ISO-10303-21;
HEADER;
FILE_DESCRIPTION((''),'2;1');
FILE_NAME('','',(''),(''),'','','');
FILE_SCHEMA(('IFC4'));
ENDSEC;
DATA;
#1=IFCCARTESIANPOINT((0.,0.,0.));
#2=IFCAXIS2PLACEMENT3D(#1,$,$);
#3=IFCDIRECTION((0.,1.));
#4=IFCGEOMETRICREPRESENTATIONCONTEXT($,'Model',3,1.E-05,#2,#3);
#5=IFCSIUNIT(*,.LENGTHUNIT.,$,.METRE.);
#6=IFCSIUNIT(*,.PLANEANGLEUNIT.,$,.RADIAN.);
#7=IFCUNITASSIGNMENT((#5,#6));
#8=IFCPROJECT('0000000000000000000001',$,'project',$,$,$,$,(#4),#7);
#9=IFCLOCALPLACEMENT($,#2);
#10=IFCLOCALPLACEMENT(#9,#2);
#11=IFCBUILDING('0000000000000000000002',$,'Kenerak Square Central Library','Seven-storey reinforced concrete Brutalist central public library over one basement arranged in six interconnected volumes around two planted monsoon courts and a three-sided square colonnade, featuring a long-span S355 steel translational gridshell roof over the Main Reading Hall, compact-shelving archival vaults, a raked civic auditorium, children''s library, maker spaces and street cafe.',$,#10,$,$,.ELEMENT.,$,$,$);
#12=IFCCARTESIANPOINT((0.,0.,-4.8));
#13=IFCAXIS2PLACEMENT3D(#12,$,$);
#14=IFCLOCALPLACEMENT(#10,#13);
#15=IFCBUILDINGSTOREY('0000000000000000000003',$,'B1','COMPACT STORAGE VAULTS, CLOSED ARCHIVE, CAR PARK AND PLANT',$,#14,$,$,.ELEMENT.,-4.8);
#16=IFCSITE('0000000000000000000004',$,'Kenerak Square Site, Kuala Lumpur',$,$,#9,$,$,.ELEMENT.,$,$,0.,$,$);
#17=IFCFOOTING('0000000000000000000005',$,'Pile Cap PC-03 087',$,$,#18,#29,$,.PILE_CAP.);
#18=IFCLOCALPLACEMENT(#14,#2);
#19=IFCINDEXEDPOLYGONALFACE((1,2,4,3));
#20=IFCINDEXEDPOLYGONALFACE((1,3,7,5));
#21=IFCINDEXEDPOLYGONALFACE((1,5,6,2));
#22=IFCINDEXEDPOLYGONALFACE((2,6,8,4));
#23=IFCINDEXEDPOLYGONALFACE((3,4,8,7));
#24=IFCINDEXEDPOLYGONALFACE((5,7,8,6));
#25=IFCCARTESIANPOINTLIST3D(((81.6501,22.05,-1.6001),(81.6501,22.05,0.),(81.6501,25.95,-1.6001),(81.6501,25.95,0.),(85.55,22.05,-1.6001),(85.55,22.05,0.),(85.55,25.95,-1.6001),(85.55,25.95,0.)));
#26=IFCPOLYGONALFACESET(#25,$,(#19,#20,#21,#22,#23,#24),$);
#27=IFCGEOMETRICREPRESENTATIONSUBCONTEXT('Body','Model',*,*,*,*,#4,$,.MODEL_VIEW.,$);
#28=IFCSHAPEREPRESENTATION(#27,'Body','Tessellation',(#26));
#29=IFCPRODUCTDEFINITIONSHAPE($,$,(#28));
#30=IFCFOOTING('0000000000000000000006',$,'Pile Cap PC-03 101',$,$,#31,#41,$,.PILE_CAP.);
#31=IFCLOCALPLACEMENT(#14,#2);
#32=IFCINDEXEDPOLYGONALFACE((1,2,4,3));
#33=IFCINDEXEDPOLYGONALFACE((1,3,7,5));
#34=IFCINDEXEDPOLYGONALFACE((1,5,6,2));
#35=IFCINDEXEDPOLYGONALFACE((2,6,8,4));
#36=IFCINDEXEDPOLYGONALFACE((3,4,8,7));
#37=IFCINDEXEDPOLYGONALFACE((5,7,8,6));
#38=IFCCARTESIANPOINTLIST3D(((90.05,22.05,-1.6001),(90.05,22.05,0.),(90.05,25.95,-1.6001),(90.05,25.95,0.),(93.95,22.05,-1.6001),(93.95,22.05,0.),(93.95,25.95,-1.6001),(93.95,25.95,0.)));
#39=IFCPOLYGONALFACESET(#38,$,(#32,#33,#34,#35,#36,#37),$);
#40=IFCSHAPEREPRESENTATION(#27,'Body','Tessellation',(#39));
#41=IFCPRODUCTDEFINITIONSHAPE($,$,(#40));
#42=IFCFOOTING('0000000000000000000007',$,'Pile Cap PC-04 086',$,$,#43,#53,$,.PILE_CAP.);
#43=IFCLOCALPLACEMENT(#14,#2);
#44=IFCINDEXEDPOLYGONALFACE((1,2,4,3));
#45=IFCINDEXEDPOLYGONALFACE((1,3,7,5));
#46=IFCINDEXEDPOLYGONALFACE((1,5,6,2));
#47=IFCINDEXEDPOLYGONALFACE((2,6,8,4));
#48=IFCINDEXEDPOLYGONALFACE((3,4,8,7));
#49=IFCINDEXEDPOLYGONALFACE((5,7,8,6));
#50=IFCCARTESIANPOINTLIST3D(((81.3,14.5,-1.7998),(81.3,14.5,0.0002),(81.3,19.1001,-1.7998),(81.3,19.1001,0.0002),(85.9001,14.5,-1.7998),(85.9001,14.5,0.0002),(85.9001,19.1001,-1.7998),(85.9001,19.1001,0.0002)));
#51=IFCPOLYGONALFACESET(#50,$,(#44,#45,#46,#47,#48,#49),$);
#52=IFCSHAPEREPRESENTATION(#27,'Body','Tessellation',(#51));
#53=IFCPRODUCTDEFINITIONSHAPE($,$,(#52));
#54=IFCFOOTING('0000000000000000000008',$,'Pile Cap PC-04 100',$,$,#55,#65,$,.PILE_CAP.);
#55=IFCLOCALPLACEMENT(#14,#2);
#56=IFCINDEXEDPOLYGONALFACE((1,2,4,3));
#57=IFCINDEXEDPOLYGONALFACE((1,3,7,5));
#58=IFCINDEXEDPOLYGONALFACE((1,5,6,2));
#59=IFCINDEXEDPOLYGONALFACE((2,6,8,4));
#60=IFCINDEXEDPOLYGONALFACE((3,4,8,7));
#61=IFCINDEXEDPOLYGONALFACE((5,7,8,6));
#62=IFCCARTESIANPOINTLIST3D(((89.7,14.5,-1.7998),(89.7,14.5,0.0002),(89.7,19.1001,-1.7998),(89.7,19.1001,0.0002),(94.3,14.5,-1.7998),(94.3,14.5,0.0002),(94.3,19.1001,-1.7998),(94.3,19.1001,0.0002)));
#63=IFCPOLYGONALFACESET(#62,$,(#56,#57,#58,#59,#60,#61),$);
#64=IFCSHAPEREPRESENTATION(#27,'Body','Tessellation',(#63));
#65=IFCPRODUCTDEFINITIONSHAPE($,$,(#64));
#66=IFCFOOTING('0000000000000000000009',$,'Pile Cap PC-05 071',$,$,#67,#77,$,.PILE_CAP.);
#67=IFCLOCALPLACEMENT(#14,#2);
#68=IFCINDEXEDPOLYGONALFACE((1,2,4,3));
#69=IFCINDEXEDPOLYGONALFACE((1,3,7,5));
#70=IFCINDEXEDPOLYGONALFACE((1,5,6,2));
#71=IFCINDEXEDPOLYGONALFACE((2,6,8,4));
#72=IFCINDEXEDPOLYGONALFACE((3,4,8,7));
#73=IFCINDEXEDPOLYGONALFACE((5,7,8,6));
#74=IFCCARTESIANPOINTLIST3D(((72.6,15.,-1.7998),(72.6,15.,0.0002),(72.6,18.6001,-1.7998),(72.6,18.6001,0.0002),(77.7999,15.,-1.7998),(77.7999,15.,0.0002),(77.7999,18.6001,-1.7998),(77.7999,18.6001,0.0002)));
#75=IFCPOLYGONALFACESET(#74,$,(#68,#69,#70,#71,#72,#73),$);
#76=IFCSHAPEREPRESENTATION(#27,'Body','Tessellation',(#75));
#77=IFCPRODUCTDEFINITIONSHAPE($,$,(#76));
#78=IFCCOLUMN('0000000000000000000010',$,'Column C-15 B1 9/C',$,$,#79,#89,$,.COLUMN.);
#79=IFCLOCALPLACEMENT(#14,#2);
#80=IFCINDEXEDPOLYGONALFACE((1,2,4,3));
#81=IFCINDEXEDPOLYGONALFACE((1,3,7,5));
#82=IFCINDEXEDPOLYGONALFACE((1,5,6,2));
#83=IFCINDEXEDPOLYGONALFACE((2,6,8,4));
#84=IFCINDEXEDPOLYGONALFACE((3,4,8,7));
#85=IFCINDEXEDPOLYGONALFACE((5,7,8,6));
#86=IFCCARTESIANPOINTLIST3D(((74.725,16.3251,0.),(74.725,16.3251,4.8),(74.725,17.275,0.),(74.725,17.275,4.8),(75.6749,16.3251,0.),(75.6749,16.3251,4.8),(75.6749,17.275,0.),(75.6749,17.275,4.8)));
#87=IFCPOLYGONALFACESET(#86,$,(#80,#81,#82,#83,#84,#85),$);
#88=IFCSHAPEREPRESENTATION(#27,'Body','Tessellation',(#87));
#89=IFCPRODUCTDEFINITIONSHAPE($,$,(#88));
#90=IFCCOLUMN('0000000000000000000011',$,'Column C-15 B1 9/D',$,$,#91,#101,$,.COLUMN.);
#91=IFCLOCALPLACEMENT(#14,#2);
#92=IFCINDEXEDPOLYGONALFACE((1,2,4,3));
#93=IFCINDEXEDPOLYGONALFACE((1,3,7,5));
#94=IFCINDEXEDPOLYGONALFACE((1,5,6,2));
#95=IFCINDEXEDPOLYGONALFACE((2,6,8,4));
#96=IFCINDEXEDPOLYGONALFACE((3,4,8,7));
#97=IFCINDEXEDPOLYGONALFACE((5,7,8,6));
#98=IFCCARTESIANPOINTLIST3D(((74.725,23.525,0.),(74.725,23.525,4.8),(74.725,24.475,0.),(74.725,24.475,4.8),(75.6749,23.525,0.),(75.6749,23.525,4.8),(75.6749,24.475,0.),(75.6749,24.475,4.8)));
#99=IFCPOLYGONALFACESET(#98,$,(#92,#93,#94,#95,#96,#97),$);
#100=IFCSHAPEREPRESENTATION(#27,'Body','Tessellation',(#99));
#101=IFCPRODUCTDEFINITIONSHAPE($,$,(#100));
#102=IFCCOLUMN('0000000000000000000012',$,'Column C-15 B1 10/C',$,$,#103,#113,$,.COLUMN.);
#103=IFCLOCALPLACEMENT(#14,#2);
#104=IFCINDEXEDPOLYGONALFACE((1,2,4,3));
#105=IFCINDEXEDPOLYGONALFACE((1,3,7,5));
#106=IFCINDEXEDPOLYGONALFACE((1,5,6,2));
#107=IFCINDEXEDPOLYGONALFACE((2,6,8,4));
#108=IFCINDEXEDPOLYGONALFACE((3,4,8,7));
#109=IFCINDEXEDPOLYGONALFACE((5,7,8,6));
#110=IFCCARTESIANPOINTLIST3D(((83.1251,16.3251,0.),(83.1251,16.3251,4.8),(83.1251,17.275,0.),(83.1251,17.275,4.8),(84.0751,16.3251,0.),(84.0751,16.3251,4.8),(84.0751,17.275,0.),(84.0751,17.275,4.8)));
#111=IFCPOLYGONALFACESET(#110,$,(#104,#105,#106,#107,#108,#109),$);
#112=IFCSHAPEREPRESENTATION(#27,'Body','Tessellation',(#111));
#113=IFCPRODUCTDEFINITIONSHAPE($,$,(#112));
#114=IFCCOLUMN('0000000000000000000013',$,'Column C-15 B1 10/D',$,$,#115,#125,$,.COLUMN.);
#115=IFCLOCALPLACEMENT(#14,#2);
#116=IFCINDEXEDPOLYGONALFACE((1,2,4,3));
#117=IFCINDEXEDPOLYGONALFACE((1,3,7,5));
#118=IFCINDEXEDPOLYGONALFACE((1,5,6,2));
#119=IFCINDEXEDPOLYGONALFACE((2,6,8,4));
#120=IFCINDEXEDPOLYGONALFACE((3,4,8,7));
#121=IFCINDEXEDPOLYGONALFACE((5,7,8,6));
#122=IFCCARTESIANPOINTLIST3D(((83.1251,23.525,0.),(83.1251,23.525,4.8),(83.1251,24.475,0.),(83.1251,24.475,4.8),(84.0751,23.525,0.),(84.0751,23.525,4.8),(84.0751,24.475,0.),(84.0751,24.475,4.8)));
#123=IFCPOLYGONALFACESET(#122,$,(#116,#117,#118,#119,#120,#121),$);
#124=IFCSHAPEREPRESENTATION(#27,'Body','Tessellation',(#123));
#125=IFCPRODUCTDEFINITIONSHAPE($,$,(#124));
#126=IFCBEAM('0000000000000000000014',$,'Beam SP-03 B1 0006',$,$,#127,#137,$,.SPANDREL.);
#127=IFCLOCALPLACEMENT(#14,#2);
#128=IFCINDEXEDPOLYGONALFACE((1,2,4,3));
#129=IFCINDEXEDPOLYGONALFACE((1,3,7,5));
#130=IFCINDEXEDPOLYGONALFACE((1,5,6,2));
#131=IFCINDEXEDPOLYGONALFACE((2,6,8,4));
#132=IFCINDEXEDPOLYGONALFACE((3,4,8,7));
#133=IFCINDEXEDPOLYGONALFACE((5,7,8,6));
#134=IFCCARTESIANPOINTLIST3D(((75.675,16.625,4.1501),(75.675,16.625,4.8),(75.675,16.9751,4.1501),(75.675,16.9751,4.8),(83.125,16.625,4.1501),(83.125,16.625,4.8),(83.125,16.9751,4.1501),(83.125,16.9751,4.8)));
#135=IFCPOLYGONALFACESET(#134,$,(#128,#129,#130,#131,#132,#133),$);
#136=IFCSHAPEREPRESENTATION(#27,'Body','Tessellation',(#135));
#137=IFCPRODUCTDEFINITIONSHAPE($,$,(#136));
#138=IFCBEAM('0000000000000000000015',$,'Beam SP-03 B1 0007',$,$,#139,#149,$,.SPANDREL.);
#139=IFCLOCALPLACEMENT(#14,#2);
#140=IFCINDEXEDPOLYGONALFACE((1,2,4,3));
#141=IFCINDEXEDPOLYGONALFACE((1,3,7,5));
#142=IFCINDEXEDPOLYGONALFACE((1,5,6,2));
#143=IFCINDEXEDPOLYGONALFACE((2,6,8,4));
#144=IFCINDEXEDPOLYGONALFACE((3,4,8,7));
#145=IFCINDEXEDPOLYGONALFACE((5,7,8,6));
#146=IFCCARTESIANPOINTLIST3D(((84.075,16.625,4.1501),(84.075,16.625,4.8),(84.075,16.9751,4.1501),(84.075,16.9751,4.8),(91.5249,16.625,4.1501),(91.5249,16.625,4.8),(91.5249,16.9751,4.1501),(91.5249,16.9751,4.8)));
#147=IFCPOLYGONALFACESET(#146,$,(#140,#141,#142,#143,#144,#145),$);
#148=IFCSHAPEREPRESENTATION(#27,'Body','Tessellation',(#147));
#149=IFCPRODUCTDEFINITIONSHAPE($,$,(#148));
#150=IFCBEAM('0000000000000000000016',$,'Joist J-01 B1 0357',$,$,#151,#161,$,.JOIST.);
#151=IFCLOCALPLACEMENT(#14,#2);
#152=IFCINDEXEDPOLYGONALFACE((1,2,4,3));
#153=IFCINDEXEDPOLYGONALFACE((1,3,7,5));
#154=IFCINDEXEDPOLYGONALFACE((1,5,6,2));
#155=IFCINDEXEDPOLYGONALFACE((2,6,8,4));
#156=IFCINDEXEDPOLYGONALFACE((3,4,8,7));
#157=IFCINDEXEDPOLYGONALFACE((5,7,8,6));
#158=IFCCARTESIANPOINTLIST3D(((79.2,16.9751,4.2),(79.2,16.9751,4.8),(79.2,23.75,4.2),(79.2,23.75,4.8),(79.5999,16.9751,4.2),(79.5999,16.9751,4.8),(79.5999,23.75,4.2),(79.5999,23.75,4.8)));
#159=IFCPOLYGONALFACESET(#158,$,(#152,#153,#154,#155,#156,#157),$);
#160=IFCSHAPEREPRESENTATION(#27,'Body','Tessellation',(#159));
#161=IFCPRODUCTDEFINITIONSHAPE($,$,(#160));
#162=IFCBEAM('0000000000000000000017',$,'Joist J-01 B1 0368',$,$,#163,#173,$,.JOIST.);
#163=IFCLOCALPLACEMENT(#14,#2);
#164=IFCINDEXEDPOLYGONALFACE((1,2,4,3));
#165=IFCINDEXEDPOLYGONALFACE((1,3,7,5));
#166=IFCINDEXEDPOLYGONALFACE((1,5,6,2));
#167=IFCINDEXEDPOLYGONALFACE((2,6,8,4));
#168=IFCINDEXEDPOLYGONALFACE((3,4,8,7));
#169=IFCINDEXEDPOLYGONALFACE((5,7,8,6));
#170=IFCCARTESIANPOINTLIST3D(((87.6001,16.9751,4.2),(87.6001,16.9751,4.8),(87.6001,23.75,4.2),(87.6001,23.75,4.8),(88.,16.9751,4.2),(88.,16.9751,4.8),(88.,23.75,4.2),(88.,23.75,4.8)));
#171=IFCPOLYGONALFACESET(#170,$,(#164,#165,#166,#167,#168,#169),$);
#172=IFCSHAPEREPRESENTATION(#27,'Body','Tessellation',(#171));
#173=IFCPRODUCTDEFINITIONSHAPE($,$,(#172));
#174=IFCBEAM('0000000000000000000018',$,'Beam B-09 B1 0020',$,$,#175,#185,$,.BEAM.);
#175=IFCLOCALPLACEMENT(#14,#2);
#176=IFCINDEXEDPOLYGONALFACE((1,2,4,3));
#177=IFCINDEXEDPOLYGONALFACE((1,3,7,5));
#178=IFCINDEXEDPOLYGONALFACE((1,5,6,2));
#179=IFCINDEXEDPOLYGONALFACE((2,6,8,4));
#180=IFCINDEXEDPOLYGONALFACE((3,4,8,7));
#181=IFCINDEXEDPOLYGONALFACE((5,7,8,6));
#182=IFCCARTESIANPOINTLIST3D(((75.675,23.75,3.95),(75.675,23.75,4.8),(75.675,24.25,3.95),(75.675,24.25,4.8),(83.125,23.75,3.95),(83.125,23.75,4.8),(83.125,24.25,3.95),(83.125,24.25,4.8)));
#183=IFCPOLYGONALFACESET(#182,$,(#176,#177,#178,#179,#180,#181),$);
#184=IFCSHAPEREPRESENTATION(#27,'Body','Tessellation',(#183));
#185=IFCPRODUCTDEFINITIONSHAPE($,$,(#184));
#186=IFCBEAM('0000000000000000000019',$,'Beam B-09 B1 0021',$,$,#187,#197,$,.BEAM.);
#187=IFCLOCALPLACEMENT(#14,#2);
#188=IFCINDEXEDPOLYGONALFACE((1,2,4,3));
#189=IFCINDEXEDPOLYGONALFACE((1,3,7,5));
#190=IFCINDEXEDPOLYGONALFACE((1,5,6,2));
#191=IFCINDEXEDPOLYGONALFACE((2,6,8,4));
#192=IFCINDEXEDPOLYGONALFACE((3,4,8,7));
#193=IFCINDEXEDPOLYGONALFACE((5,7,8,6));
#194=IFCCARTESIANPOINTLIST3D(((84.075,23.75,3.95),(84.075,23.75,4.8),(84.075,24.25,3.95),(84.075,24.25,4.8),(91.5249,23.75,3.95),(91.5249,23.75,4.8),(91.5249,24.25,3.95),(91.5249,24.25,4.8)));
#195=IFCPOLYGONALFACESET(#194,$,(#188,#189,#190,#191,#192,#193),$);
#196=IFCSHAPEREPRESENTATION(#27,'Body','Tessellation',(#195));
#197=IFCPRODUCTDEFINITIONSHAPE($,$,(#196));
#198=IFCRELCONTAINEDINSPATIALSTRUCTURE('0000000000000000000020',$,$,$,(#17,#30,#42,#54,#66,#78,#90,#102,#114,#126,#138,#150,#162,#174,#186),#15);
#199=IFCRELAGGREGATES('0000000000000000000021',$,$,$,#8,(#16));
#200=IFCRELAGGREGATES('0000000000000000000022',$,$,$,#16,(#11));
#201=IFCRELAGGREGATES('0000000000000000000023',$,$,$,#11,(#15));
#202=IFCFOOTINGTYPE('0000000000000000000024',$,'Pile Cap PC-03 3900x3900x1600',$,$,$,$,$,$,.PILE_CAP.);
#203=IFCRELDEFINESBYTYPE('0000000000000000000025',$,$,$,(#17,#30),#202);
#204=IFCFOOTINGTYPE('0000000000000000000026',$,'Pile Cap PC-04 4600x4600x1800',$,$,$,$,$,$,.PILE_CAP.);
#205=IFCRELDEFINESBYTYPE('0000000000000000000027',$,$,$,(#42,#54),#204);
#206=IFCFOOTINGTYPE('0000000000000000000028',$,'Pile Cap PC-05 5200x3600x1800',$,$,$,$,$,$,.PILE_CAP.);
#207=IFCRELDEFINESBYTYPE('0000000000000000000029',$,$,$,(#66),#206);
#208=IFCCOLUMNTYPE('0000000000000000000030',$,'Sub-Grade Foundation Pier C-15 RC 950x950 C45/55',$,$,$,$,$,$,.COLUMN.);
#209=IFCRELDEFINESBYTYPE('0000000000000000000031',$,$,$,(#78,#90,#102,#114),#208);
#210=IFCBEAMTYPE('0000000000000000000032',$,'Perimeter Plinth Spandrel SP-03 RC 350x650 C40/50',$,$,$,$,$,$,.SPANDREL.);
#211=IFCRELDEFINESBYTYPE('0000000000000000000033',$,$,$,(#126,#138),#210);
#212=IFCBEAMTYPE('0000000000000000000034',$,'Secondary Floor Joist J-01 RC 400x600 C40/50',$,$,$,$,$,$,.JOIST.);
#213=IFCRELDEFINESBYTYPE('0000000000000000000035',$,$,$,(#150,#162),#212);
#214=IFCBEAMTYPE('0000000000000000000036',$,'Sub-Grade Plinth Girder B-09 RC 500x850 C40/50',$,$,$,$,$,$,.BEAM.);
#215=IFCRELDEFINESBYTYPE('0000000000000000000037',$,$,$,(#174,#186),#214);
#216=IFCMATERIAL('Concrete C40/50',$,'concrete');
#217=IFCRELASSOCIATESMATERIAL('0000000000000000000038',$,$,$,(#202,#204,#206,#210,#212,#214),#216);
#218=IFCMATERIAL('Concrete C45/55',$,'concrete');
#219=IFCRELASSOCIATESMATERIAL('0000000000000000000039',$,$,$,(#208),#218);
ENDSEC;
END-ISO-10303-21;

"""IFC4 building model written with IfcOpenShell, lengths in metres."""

from ifc_helpers import new_model, si_unit, direction, frame, origin, origin_2d, place, context, subcontext, project, spatial, rectangle, extrude, material, material_profile, profile_set, type_object, element, save


model = new_model("IFC4")

# Units and contexts
model_context = context("Model", 3, precision=1e-05, world=origin(), true_north=direction((0.0, 1.0)))
body_context = subcontext(model_context, "Body", "Model", "MODEL_VIEW")
ifc_project = project(units=[si_unit("LENGTHUNIT", "METRE"), si_unit("PLANEANGLEUNIT", "RADIAN")], contexts=[model_context])

# Site, building, storey
site_placement = place(None, origin())
site = spatial("IfcSite", under=ifc_project, at=site_placement, Name="Kenerak Square Site, Kuala Lumpur", CompositionType="ELEMENT", RefElevation=0.0)
building_placement = place(site_placement, origin())
building = spatial("IfcBuilding", under=site, at=building_placement, Name="Kenerak Square Central Library", Description="Seven-storey reinforced concrete Brutalist central public library over one basement arranged in six interconnected volumes around two planted monsoon courts and a three-sided square colonnade, featuring a long-span S355 steel translational gridshell roof over the Main Reading Hall, compact-shelving archival vaults, a raked civic auditorium, children's library, maker spaces and street cafe.", CompositionType="ELEMENT")
storey_placement = place(building_placement, frame((0.0, 0.0, -4.8)))
storey = spatial("IfcBuildingStorey", under=building, at=storey_placement, Name="B1", Description="COMPACT STORAGE VAULTS, CLOSED ARCHIVE, CAR PARK AND PLANT", CompositionType="ELEMENT", Elevation=-4.8)

# Shared definitions
ifc_material_1 = material(Name="Concrete C40/50", Category="concrete")

# Footings
footing_type_1 = type_object("IfcFootingType", Name="Pile Cap PC-03 3900x3900x1600", PredefinedType="PILE_CAP", material=ifc_material_1)
for number, where, z_axis, x_axis, name in (
    (1, (83.6001, 24.0, -1.6001), (0.0, 0.0, 1.0), (1.0, 0.0, 0.0), "Pile Cap PC-03 087"),
    (2, (92.0, 24.0, -1.6001), (0.0, 0.0, 1.0), (1.0, 0.0, 0.0), "Pile Cap PC-03 101"),
):
    element("IfcFooting", number, at=place(storey_placement, frame(where, z_axis=z_axis, x_axis=x_axis)), inside=storey, type_object=footing_type_1, Name=name, PredefinedType="PILE_CAP", context=body_context, shape_type="SweptSolid", body=[
        extrude(rectangle(XDim=3.8999, YDim=3.8999, at=origin_2d()), origin(), (0.0, 0.0, 1.0), 1.6001),
    ])
footing_type_2 = type_object("IfcFootingType", Name="Pile Cap PC-04 4600x4600x1800", PredefinedType="PILE_CAP", material=ifc_material_1)
for number, where, z_axis, x_axis, name in (
    (3, (83.6001, 16.8, -1.7998), (0.0, 0.0, 1.0), (1.0, 0.0, 0.0), "Pile Cap PC-04 086"),
    (4, (92.0, 16.8, -1.7998), (0.0, 0.0, 1.0), (1.0, 0.0, 0.0), "Pile Cap PC-04 100"),
):
    element("IfcFooting", number, at=place(storey_placement, frame(where, z_axis=z_axis, x_axis=x_axis)), inside=storey, type_object=footing_type_2, Name=name, PredefinedType="PILE_CAP", context=body_context, shape_type="SweptSolid", body=[
        extrude(rectangle(XDim=4.6001, YDim=4.6001, at=origin_2d()), origin(), (0.0, 0.0, 1.0), 1.8),
    ])
footing_type_3 = type_object("IfcFootingType", Name="Pile Cap PC-05 5200x3600x1800", PredefinedType="PILE_CAP", material=ifc_material_1)
footing_1_placement = place(storey_placement, frame((75.2, 16.8, -1.7998), z_axis=(0.0, 0.0, 1.0), x_axis=(1.0, 0.0, 0.0)))
element("IfcFooting", 5, at=footing_1_placement, inside=storey, type_object=footing_type_3, Name="Pile Cap PC-05 071", PredefinedType="PILE_CAP", context=body_context, shape_type="SweptSolid", body=[
    extrude(rectangle(XDim=5.2, YDim=3.6001, at=origin_2d()), origin(), (0.0, 0.0, 1.0), 1.8),
])

# Columns
ifc_material_2 = material(Name="Concrete C45/55", Category="concrete")
ifc_material_profile_1 = material_profile(ifc_material_2, rectangle(XDim=0.95, YDim=0.95, at=origin_2d()), Name="RC 950x950")
ifc_profile_set_1 = profile_set([ifc_material_profile_1], Name="Concrete C45/55")
column_type = type_object("IfcColumnType", Name="Sub-Grade Foundation Pier C-15 RC 950x950 C45/55", PredefinedType="COLUMN", material=ifc_profile_set_1)
for number, where, z_axis, x_axis, name in (
    (6, (75.2, 16.8, 0.0), (0.0, 0.0, 1.0), (1.0, 0.0, 0.0), "Column C-15 B1 9/C"),
    (7, (75.2, 24.0, 0.0), (0.0, 0.0, 1.0), (1.0, 0.0, 0.0), "Column C-15 B1 9/D"),
    (8, (83.6001, 16.8, 0.0), (0.0, 0.0, 1.0), (1.0, 0.0, 0.0), "Column C-15 B1 10/C"),
    (9, (83.6001, 24.0, 0.0), (0.0, 0.0, 1.0), (1.0, 0.0, 0.0), "Column C-15 B1 10/D"),
):
    element("IfcColumn", number, at=place(storey_placement, frame(where, z_axis=z_axis, x_axis=x_axis)), inside=storey, type_object=column_type, Name=name, PredefinedType="COLUMN", context=body_context, shape_type="SweptSolid", body=[
        extrude(rectangle(XDim=0.95, YDim=0.95, at=origin_2d()), origin(), (0.0, 0.0, 1.0), 4.8),
    ])

# Beams
ifc_material_profile_2 = material_profile(ifc_material_1, rectangle(XDim=0.3501, YDim=0.6499, at=origin_2d()), Name="RC 350x650")
ifc_profile_set_2 = profile_set([ifc_material_profile_2], Name="Concrete C40/50")
beam_type_1 = type_object("IfcBeamType", Name="Perimeter Plinth Spandrel SP-03 RC 350x650 C40/50", PredefinedType="SPANDREL", material=ifc_profile_set_2)
for number, where, z_axis, x_axis, name in (
    (10, (75.675, 16.8, 4.4751), (1.0, 0.0, 0.0), (0.0, 1.0, 0.0), "Beam SP-03 B1 0006"),
    (11, (84.075, 16.8, 4.4751), (1.0, 0.0, 0.0), (0.0, 1.0, 0.0), "Beam SP-03 B1 0007"),
):
    element("IfcBeam", number, at=place(storey_placement, frame(where, z_axis=z_axis, x_axis=x_axis)), inside=storey, type_object=beam_type_1, Name=name, PredefinedType="SPANDREL", context=body_context, shape_type="SweptSolid", body=[
        extrude(rectangle(XDim=0.3501, YDim=0.6499, at=origin_2d()), origin(), (0.0, 0.0, 1.0), 7.45),
    ])
ifc_material_profile_3 = material_profile(ifc_material_1, rectangle(XDim=0.3999, YDim=0.6001, at=origin_2d()), Name="RC 400x600")
ifc_profile_set_3 = profile_set([ifc_material_profile_3], Name="Concrete C40/50")
beam_type_2 = type_object("IfcBeamType", Name="Secondary Floor Joist J-01 RC 400x600 C40/50", PredefinedType="JOIST", material=ifc_profile_set_3)
for number, where, z_axis, x_axis, name in (
    (12, (79.3999, 16.9751, 4.5), (0.0, 1.0, 0.0), (-1.0, 0.0, 0.0), "Joist J-01 B1 0357"),
    (13, (87.8, 16.9751, 4.5), (0.0, 1.0, 0.0), (-1.0, 0.0, 0.0), "Joist J-01 B1 0368"),
):
    element("IfcBeam", number, at=place(storey_placement, frame(where, z_axis=z_axis, x_axis=x_axis)), inside=storey, type_object=beam_type_2, Name=name, PredefinedType="JOIST", context=body_context, shape_type="SweptSolid", body=[
        extrude(rectangle(XDim=0.3999, YDim=0.6001, at=origin_2d()), origin(), (0.0, 0.0, 1.0), 6.7749),
    ])
ifc_material_profile_4 = material_profile(ifc_material_1, rectangle(XDim=0.5, YDim=0.8501, at=origin_2d()), Name="RC 500x850")
ifc_profile_set_4 = profile_set([ifc_material_profile_4], Name="Concrete C40/50")
beam_type_3 = type_object("IfcBeamType", Name="Sub-Grade Plinth Girder B-09 RC 500x850 C40/50", PredefinedType="BEAM", material=ifc_profile_set_4)
for number, where, z_axis, x_axis, name in (
    (14, (75.675, 24.0, 4.375), (1.0, 0.0, 0.0), (0.0, 1.0, 0.0), "Beam B-09 B1 0020"),
    (15, (84.075, 24.0, 4.375), (1.0, 0.0, 0.0), (0.0, 1.0, 0.0), "Beam B-09 B1 0021"),
):
    element("IfcBeam", number, at=place(storey_placement, frame(where, z_axis=z_axis, x_axis=x_axis)), inside=storey, type_object=beam_type_3, Name=name, PredefinedType="BEAM", context=body_context, shape_type="SweptSolid", body=[
        extrude(rectangle(XDim=0.5, YDim=0.8501, at=origin_2d()), origin(), (0.0, 0.0, 1.0), 7.45),
    ])

save(model, "model.ifc")
